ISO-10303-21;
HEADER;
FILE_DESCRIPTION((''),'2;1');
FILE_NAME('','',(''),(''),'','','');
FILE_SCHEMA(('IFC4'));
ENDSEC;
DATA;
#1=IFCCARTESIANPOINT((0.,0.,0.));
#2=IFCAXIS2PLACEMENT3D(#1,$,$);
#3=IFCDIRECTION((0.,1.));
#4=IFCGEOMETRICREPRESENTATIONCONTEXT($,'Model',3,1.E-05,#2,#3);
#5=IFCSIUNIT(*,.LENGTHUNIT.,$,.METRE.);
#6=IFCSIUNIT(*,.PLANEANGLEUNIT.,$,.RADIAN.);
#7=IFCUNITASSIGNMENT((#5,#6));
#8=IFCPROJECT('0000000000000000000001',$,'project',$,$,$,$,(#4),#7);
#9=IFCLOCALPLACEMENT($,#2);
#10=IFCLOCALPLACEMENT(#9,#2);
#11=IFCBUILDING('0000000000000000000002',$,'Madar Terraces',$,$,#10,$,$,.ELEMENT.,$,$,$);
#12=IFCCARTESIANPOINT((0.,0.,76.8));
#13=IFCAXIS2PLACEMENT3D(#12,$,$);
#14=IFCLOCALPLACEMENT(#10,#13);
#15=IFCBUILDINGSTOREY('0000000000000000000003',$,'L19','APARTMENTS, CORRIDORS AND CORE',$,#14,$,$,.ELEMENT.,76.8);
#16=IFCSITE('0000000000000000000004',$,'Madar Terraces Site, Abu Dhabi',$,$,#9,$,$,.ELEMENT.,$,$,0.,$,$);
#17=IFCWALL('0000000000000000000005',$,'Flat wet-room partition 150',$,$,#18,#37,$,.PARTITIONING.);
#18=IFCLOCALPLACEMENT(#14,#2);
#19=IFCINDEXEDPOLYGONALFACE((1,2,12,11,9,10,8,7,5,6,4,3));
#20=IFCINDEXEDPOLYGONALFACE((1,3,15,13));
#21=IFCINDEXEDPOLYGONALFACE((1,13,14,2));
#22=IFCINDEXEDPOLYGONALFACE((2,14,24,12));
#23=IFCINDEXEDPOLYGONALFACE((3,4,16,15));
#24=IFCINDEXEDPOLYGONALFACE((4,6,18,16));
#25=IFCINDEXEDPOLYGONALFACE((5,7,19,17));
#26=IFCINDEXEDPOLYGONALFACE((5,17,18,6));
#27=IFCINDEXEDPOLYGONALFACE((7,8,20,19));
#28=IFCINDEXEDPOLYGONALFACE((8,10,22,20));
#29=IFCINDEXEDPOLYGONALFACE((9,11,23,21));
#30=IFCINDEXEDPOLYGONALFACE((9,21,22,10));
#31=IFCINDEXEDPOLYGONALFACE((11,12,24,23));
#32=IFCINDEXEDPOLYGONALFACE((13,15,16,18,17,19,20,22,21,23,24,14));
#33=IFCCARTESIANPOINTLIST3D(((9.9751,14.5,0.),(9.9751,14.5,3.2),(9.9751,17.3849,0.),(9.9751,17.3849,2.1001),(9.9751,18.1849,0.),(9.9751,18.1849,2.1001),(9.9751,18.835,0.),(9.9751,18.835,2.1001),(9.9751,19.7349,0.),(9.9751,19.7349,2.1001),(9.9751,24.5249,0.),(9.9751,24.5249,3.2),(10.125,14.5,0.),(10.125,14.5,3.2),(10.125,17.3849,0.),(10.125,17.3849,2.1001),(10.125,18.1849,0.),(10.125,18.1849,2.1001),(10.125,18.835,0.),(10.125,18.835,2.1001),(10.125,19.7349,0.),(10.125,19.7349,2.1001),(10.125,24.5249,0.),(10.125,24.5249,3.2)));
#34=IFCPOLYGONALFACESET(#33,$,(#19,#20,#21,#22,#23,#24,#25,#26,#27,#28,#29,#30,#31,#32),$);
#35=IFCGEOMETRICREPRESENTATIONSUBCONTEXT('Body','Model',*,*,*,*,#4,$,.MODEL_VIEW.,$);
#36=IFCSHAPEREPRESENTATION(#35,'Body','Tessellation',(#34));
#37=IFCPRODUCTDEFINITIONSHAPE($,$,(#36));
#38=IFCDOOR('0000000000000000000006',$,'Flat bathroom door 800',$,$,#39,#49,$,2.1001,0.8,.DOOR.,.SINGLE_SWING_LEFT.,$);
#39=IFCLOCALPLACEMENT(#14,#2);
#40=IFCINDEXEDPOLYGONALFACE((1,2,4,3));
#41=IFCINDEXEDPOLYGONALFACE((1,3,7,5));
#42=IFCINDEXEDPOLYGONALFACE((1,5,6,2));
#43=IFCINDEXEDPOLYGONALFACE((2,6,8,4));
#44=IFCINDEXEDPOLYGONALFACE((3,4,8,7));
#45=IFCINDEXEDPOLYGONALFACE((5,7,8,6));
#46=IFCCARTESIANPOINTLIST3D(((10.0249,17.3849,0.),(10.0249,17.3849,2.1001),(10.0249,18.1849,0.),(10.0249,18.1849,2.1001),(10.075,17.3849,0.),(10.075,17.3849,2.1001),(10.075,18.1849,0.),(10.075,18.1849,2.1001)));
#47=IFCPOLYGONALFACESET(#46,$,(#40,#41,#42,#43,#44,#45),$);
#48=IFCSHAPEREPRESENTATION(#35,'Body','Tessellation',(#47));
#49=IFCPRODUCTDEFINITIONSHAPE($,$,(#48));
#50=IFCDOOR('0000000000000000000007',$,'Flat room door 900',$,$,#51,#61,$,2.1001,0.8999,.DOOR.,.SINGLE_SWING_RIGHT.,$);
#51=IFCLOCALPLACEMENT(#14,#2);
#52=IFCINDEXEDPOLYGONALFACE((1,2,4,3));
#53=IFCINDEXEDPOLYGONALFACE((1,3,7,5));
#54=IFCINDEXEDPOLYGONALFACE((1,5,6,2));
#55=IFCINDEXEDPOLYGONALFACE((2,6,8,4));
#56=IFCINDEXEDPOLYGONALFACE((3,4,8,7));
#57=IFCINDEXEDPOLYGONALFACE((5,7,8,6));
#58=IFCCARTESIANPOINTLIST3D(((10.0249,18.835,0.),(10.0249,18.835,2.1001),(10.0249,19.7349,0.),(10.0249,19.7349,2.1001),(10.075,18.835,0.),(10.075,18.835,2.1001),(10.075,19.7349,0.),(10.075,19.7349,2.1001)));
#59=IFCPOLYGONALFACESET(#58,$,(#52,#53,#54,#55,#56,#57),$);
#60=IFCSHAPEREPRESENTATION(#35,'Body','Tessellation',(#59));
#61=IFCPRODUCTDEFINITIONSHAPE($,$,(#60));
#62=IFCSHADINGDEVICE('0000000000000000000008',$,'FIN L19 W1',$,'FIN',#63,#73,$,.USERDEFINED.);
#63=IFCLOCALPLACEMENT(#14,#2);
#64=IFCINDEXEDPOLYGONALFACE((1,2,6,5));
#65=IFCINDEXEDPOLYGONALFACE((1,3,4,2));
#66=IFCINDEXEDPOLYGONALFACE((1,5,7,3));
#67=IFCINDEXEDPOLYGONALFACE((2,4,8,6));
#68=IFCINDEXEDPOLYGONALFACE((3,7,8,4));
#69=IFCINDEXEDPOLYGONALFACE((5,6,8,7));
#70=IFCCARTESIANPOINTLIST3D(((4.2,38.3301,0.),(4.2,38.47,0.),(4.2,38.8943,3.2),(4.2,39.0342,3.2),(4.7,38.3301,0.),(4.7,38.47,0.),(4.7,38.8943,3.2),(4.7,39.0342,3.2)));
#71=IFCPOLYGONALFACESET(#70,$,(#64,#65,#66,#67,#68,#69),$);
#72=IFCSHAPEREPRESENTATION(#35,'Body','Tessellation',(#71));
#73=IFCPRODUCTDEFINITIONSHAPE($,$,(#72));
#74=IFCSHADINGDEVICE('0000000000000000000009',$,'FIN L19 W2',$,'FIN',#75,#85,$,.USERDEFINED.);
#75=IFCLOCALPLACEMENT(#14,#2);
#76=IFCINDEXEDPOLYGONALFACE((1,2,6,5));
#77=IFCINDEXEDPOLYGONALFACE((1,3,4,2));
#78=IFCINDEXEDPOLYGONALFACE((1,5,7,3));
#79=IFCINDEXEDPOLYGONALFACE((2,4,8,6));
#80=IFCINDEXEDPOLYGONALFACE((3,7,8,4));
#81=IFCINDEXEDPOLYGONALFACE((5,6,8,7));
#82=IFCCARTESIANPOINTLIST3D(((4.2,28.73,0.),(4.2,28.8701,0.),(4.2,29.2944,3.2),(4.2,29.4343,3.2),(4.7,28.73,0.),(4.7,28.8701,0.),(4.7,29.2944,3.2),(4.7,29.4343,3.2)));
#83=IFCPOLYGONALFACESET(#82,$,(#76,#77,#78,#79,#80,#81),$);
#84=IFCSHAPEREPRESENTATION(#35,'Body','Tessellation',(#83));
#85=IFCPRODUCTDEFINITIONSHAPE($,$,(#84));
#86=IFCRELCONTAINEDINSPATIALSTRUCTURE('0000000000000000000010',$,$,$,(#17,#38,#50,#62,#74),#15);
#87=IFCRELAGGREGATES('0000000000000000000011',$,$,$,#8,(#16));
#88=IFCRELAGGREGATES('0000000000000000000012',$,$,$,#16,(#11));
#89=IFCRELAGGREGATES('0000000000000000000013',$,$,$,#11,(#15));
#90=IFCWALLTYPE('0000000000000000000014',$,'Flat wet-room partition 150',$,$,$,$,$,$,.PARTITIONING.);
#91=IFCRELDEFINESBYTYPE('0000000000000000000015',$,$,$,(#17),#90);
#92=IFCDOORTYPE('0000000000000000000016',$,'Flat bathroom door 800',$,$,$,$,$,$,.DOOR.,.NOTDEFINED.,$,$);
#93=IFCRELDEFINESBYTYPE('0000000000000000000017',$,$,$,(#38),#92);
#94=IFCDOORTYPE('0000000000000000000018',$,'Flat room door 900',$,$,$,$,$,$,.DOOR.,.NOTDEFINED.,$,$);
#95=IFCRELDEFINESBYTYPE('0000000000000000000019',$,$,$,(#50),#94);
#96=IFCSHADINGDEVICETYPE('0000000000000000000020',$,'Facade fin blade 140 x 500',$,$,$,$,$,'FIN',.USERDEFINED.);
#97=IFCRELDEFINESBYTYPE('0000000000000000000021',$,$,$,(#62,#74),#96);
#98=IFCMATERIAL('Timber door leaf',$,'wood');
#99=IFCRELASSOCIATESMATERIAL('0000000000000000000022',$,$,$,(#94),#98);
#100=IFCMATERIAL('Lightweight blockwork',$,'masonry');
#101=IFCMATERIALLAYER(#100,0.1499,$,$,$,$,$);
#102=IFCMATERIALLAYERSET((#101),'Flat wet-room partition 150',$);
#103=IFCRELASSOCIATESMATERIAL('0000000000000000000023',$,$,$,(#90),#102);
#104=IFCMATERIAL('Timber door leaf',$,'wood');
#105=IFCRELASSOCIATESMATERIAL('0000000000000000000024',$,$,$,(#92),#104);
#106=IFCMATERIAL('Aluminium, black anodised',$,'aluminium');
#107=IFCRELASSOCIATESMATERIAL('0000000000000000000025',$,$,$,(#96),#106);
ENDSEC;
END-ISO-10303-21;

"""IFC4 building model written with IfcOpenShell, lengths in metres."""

from ifc_helpers import new_model, si_unit, direction, frame, frame_2d, origin, place, context, subcontext, project, spatial, polyline, rectangle, outline, extrude, material, layer, layer_set, type_object, element, fill, save


model = new_model("IFC4")

# Units and contexts
model_context = context("Model", 3, precision=1e-05, world=origin(), true_north=direction((0.0, 1.0)))
body_context = subcontext(model_context, "Body", "Model", "MODEL_VIEW")
ifc_project = project(units=[si_unit("LENGTHUNIT", "METRE"), si_unit("PLANEANGLEUNIT", "RADIAN")], contexts=[model_context])

# Site, building, storey
site_placement = place(None, origin())
site = spatial("IfcSite", under=ifc_project, at=site_placement, Name="Madar Terraces Site, Abu Dhabi", CompositionType="ELEMENT", RefElevation=0.0)
building_placement = place(site_placement, origin())
building = spatial("IfcBuilding", under=site, at=building_placement, Name="Madar Terraces", CompositionType="ELEMENT")
storey_placement = place(building_placement, frame((0.0, 0.0, 76.8)))
storey = spatial("IfcBuildingStorey", under=building, at=storey_placement, Name="L19", Description="APARTMENTS, CORRIDORS AND CORE", CompositionType="ELEMENT", Elevation=76.8)

# Shared definitions
ifc_material_1 = material(Name="Timber door leaf", Category="wood")
door_type_1 = type_object("IfcDoorType", Name="Flat room door 900", OperationType="NOTDEFINED", PredefinedType="DOOR", material=ifc_material_1)

# Shared definitions
ifc_material_2 = material(Name="Lightweight blockwork", Category="masonry")
ifc_layer_1 = layer(ifc_material_2, 0.1499)
ifc_layer_set_1 = layer_set([ifc_layer_1], Name="Flat wet-room partition 150")
wall_type_1 = type_object("IfcWallType", Name="Flat wet-room partition 150", PredefinedType="PARTITIONING", material=ifc_layer_set_1)

# Wall, openings, doors
wall_1_placement = place(storey_placement, frame((10.05, 24.5249, 0.0), z_axis=(0.0, 0.0, 1.0), x_axis=(0.0, -1.0, 0.0)))
wall_1 = element("IfcWall", 1, at=wall_1_placement, inside=storey, type_object=wall_type_1, Name="Flat wet-room partition 150", PredefinedType="PARTITIONING", context=body_context, shape_type="SweptSolid", body=[
    extrude(rectangle(XDim=10.0249, YDim=0.1499, at=frame_2d((5.0125, 0.0))), origin(), (0.0, 0.0, 1.0), 3.2),
])
opening_1_placement = place(wall_1_placement, frame((4.79, 0.0, 0.0)))
opening_1 = element("IfcOpeningElement", 2, at=opening_1_placement, cuts=wall_1, PredefinedType="OPENING", context=body_context, shape_type="SweptSolid", body=[
    extrude(rectangle(XDim=0.8999, YDim=2.1001, at=frame_2d((0.45, 1.05))), frame((0.0, 0.085, 0.0), z_axis=(0.0, -1.0, 0.0), x_axis=(1.0, 0.0, 0.0)), (0.0, 0.0, 1.0), 0.1699),
])
opening_2_placement = place(wall_1_placement, frame((6.3401, 0.0, 0.0)))
opening_2 = element("IfcOpeningElement", 3, at=opening_2_placement, cuts=wall_1, PredefinedType="OPENING", context=body_context, shape_type="SweptSolid", body=[
    extrude(rectangle(XDim=0.8, YDim=2.1001, at=frame_2d((0.3999, 1.05))), frame((0.0, 0.085, 0.0), z_axis=(0.0, -1.0, 0.0), x_axis=(1.0, 0.0, 0.0)), (0.0, 0.0, 1.0), 0.1699),
])
ifc_material_3 = material(Name="Timber door leaf", Category="wood")
door_type_2 = type_object("IfcDoorType", Name="Flat bathroom door 800", OperationType="NOTDEFINED", PredefinedType="DOOR", material=ifc_material_3)
door_1_placement = place(opening_2_placement, origin())
door_1 = element("IfcDoor", 4, at=door_1_placement, inside=storey, type_object=door_type_2, Name="Flat bathroom door 800", OperationType="SINGLE_SWING_LEFT", OverallHeight=2.1001, OverallWidth=0.8, PredefinedType="DOOR", context=body_context, shape_type="SweptSolid", body=[
    extrude(rectangle(XDim=0.8, YDim=2.1001, at=frame_2d((0.3999, 1.05))), frame((0.0, 0.0249, 0.0), z_axis=(0.0, -1.0, 0.0), x_axis=(1.0, 0.0, 0.0)), (0.0, 0.0, 1.0), 0.05),
])
fill(opening_2, door_1)
door_2_placement = place(opening_1_placement, origin())
door_2 = element("IfcDoor", 5, at=door_2_placement, inside=storey, type_object=door_type_1, Name="Flat room door 900", OperationType="SINGLE_SWING_RIGHT", OverallHeight=2.1001, OverallWidth=0.8999, PredefinedType="DOOR", context=body_context, shape_type="SweptSolid", body=[
    extrude(rectangle(XDim=0.8999, YDim=2.1001, at=frame_2d((0.45, 1.05))), frame((0.0, 0.0249, 0.0), z_axis=(0.0, -1.0, 0.0), x_axis=(1.0, 0.0, 0.0)), (0.0, 0.0, 1.0), 0.05),
])
fill(opening_1, door_2)

# Shading devices
ifc_material_4 = material(Name="Aluminium, black anodised", Category="aluminium")
shading_device_type = type_object("IfcShadingDeviceType", Name="Facade fin blade 140 x 500", ElementType="FIN", PredefinedType="USERDEFINED", material=ifc_material_4)
shading_device_1_placement = place(storey_placement, frame((4.45, 38.47, 0.0), z_axis=(0.0, 0.0, 1.0), x_axis=(0.0, -1.0, 0.0)))
element("IfcShadingDevice", 6, at=shading_device_1_placement, inside=storey, type_object=shading_device_type, Name="FIN L19 W1", ObjectType="FIN", PredefinedType="USERDEFINED", context=body_context, shape_type="SweptSolid", body=[
    extrude(outline(polyline([(0.0, 0.0), (0.1399, 0.0), (-0.4243, 3.2), (-0.5642, 3.2), (0.0, 0.0)])), frame((0.0, 0.25, 0.0), z_axis=(0.0, -1.0, 0.0), x_axis=(1.0, 0.0, 0.0)), (0.0, 0.0, 1.0), 0.5),
])
shading_device_2_placement = place(storey_placement, frame((4.45, 28.8701, 0.0), z_axis=(0.0, 0.0, 1.0), x_axis=(0.0, -1.0, 0.0)))
element("IfcShadingDevice", 7, at=shading_device_2_placement, inside=storey, type_object=shading_device_type, Name="FIN L19 W2", ObjectType="FIN", PredefinedType="USERDEFINED", context=body_context, shape_type="SweptSolid", body=[
    extrude(outline(polyline([(0.0, 0.0), (0.1401, 0.0), (-0.4243, 3.2), (-0.5642, 3.2), (0.0, 0.0)])), frame((0.0, 0.25, 0.0), z_axis=(0.0, -1.0, 0.0), x_axis=(1.0, 0.0, 0.0)), (0.0, 0.0, 1.0), 0.5),
])

save(model, "model.ifc")
